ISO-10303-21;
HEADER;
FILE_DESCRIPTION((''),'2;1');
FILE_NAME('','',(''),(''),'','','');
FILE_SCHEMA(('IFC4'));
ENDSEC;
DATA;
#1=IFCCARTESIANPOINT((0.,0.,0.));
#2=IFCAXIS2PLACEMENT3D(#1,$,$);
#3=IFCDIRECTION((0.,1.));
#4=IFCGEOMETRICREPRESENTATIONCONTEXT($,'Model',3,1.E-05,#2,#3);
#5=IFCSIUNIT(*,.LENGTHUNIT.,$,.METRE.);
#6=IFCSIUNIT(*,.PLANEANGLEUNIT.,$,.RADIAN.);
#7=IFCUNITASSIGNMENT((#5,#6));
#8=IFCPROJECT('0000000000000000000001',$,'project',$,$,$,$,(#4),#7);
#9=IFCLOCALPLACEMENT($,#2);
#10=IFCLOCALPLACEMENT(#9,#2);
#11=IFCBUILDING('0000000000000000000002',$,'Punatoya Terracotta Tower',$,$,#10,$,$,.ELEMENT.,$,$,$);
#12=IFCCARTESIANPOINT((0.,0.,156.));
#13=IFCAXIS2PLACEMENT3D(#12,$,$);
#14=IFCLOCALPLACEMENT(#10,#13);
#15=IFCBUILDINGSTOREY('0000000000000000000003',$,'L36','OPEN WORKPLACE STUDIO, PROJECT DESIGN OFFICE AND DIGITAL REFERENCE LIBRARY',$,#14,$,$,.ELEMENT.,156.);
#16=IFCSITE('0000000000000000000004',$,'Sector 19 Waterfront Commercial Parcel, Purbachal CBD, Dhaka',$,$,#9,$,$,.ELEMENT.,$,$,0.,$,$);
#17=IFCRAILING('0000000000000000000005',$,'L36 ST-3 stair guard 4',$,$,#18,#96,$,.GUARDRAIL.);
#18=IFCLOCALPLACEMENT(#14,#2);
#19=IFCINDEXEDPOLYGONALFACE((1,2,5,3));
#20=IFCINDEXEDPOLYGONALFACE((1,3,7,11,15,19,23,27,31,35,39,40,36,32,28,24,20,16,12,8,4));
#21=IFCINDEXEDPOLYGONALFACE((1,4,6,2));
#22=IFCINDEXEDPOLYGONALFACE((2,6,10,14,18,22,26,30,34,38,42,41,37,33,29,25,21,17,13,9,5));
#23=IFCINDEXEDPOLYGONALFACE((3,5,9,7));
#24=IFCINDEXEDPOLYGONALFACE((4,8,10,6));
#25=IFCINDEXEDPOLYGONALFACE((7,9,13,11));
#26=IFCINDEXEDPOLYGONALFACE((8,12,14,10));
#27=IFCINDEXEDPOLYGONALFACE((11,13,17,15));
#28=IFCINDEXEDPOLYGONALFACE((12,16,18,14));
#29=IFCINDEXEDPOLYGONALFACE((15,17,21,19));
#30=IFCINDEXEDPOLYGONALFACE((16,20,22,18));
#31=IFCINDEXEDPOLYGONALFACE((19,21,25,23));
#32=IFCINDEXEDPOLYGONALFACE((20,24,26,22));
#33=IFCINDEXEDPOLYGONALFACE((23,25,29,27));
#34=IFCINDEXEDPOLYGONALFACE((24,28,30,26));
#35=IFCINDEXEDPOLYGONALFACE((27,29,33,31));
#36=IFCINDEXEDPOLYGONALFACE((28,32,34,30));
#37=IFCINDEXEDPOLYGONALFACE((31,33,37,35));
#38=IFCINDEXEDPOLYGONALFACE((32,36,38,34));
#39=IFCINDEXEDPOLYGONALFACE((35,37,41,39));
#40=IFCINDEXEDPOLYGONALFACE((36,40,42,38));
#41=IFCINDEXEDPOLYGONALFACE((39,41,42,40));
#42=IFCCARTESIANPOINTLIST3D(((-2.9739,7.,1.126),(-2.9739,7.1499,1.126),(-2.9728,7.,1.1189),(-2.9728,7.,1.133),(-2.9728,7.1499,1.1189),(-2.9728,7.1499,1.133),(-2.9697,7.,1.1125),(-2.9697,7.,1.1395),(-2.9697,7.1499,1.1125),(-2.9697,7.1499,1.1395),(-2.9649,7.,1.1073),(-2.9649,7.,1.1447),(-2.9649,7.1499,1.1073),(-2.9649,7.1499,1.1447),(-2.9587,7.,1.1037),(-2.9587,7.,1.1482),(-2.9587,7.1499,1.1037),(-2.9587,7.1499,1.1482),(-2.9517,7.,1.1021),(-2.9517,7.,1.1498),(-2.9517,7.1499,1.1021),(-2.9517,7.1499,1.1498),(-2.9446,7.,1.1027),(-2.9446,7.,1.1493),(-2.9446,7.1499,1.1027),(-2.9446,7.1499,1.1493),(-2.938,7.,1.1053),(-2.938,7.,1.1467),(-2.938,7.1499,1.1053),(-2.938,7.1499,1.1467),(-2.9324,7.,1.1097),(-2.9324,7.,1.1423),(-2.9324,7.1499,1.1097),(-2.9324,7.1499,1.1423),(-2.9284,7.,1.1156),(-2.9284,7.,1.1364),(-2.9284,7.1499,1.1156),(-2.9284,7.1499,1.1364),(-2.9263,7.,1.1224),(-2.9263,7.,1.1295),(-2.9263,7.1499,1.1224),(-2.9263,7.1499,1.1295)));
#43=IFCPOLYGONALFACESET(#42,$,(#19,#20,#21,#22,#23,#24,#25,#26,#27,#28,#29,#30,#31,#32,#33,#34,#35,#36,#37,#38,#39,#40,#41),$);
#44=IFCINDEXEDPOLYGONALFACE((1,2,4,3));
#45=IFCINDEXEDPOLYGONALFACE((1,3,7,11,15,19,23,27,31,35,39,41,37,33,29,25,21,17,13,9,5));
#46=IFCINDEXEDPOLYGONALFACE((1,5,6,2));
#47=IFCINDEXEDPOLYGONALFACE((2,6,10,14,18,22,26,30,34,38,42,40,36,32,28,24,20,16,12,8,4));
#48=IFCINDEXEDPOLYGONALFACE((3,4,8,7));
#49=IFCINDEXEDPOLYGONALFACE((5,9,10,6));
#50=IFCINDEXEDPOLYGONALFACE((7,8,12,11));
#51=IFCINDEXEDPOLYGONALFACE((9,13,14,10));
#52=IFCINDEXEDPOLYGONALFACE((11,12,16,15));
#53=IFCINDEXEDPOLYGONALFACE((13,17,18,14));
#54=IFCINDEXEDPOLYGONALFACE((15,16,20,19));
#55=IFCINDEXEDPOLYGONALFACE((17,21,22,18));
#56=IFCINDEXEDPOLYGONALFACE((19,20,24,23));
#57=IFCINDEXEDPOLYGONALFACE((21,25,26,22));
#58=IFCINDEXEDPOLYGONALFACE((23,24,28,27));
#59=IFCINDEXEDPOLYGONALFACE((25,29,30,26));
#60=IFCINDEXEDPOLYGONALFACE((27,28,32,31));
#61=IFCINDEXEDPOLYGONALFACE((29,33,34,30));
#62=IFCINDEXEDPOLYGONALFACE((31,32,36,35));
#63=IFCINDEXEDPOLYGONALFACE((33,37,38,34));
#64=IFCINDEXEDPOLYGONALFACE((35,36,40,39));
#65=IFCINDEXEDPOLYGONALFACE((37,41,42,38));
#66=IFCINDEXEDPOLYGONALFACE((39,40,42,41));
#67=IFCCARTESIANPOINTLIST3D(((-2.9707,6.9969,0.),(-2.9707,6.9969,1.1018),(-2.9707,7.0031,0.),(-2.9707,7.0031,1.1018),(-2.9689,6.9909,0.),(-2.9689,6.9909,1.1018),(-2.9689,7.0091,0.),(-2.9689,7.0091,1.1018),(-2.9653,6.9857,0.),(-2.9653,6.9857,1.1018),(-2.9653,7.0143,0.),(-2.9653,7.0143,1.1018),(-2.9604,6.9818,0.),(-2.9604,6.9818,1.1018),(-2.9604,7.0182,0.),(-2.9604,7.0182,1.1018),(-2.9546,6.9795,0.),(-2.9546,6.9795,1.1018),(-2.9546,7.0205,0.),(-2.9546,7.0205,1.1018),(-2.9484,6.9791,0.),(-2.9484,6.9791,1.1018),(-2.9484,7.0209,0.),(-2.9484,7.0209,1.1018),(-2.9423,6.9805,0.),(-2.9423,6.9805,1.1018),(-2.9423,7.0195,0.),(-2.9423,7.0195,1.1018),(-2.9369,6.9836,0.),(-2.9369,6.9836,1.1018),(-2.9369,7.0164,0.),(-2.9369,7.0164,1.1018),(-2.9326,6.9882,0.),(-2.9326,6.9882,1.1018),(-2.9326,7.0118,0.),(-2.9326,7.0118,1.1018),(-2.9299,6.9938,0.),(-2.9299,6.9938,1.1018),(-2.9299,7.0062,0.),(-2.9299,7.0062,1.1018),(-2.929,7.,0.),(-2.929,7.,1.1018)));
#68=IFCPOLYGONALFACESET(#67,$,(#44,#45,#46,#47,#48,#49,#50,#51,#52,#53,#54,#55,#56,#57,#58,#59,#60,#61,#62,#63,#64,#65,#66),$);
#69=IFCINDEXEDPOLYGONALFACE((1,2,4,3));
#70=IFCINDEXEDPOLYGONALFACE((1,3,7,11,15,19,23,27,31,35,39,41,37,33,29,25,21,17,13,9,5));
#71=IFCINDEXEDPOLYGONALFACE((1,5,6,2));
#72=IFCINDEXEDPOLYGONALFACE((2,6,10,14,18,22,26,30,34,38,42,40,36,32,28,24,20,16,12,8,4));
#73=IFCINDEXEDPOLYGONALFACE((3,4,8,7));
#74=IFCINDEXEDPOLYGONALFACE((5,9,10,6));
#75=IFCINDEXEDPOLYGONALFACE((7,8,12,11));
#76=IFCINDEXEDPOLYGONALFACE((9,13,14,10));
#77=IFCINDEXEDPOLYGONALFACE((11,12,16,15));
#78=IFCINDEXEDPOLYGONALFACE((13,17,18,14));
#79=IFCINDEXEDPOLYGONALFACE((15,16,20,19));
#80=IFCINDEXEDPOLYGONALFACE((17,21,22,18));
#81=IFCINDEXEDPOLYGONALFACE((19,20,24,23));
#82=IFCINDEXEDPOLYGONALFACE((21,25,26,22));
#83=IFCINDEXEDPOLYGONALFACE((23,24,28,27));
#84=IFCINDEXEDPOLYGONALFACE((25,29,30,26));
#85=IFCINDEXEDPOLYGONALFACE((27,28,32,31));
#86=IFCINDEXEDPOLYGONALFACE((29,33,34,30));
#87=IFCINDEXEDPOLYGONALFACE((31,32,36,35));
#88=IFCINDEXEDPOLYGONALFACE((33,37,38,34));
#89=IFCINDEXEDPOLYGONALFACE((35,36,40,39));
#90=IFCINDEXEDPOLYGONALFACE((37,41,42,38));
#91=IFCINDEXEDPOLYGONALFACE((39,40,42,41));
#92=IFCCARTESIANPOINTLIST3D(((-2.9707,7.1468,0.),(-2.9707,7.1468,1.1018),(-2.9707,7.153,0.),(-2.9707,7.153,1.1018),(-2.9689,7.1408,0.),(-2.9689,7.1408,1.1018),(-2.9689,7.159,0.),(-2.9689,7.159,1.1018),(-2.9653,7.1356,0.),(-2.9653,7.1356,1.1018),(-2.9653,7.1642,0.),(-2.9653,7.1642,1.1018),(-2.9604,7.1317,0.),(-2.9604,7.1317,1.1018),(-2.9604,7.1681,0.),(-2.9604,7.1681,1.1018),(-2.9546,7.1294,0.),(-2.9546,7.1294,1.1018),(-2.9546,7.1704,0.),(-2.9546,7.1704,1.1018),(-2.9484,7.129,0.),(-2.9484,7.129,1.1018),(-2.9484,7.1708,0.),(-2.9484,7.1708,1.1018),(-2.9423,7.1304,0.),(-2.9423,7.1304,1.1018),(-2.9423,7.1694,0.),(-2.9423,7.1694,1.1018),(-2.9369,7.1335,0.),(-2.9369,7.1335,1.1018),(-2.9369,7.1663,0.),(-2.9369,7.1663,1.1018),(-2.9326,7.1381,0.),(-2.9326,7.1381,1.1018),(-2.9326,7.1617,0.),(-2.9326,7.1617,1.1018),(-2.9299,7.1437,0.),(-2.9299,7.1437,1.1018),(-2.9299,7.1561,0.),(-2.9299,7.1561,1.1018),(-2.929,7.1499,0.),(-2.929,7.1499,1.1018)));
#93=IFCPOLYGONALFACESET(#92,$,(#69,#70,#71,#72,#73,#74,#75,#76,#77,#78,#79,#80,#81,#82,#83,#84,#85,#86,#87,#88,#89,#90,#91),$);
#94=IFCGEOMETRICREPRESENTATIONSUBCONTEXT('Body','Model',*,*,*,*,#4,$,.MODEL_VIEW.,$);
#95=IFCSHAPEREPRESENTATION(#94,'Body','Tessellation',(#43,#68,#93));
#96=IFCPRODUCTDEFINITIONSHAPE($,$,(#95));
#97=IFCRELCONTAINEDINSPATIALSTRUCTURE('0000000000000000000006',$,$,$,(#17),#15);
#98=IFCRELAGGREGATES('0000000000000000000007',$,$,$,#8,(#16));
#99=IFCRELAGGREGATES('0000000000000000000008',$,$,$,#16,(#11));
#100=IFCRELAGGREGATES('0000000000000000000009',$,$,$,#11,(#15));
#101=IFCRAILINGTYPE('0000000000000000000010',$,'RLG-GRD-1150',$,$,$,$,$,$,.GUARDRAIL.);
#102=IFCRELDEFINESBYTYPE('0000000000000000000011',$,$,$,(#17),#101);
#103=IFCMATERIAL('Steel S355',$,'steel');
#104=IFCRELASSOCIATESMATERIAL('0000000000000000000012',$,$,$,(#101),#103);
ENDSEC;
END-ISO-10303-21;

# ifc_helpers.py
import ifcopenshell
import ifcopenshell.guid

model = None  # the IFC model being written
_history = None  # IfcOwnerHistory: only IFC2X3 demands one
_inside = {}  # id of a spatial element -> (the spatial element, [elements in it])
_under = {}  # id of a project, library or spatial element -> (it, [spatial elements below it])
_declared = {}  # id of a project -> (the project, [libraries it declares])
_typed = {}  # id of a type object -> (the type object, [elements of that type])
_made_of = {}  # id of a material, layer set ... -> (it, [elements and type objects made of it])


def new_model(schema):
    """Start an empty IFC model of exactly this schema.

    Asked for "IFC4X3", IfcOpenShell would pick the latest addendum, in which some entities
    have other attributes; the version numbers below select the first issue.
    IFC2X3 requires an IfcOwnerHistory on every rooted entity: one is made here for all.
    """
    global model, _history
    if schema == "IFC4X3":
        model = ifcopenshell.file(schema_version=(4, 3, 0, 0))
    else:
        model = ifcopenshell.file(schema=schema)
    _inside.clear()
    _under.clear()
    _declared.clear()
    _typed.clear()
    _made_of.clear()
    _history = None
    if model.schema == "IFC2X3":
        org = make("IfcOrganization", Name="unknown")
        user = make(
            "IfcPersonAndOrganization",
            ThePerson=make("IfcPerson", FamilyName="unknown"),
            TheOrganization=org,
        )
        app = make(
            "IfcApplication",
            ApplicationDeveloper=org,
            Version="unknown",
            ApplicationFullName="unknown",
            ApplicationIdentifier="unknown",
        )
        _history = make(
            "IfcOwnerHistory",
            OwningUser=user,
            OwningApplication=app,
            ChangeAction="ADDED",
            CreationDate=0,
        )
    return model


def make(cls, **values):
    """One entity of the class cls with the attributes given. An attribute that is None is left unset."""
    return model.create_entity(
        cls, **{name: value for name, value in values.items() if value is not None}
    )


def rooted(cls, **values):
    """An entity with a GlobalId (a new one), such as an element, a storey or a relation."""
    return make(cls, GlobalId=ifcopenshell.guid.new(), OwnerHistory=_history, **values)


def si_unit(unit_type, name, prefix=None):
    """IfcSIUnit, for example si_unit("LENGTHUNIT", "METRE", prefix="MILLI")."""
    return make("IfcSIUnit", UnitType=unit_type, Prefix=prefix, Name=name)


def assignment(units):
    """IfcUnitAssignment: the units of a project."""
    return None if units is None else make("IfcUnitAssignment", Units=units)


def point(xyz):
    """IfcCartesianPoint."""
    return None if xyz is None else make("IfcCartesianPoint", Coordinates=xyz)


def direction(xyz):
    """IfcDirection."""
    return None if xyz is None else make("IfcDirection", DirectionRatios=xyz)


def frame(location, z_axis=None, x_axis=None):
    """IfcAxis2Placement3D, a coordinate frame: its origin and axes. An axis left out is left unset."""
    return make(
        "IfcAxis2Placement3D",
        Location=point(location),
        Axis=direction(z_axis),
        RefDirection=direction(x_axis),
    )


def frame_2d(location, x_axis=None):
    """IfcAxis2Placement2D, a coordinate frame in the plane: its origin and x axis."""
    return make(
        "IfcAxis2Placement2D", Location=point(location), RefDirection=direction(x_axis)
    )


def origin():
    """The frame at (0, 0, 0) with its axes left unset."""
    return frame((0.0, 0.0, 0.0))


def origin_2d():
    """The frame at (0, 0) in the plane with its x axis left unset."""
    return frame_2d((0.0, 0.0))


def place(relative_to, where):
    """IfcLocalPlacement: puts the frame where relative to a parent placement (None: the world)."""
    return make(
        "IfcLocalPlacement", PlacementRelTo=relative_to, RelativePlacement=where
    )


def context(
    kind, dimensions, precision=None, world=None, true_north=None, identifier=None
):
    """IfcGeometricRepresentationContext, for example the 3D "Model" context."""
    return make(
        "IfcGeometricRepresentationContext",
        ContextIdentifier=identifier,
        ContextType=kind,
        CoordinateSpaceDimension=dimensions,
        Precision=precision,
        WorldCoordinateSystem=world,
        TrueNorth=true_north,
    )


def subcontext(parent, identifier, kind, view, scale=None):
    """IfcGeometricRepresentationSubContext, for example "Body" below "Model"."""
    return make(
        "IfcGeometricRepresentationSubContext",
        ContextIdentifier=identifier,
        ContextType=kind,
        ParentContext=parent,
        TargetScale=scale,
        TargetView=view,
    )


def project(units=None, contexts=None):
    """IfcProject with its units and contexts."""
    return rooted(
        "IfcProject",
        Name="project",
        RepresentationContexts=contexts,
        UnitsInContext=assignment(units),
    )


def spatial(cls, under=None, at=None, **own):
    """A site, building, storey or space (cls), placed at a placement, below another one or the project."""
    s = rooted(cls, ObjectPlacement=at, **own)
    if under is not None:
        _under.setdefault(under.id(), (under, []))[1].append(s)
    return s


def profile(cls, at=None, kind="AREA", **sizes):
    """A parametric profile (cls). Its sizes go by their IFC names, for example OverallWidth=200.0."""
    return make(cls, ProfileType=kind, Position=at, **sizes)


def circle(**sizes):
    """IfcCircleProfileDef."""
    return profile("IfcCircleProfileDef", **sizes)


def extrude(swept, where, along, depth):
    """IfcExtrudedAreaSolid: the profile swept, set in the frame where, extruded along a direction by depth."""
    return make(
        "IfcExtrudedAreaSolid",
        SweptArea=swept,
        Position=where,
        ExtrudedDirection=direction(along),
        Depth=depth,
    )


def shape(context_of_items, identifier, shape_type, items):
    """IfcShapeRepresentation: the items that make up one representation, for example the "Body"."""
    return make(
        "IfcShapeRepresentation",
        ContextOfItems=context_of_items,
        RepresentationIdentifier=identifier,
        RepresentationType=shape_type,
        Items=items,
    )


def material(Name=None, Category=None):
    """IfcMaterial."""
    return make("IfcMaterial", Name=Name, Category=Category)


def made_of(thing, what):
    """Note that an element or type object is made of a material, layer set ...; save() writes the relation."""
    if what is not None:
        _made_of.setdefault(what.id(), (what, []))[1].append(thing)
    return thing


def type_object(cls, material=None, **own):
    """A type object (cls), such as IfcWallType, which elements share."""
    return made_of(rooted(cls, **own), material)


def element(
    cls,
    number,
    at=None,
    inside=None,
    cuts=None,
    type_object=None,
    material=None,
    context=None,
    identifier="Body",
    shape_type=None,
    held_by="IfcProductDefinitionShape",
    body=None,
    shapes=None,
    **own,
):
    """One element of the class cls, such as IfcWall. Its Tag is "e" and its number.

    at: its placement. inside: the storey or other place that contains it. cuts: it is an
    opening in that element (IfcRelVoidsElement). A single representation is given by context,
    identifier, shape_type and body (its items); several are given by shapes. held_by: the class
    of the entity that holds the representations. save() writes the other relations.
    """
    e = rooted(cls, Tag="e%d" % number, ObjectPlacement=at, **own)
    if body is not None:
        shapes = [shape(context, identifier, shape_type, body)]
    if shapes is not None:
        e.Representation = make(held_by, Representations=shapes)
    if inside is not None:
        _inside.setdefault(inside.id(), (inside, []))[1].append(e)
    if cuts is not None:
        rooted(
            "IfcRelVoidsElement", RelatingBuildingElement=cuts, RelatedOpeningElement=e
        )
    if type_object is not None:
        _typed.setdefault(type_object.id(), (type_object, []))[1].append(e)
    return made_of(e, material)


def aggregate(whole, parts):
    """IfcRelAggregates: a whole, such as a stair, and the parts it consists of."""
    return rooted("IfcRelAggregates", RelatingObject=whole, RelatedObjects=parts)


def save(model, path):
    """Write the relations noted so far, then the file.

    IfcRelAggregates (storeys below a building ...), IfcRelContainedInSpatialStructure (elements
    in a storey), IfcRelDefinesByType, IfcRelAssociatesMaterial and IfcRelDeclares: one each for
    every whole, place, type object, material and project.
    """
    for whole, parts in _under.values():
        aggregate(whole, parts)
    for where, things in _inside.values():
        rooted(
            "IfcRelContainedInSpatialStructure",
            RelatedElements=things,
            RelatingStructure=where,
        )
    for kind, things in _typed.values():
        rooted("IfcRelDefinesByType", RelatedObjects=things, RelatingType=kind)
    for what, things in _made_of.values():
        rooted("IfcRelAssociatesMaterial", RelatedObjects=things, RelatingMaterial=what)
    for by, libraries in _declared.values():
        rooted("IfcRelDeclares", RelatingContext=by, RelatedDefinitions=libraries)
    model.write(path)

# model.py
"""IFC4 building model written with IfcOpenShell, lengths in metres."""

from ifc_helpers import new_model, si_unit, direction, frame, origin, origin_2d, place, context, subcontext, project, spatial, circle, extrude, material, type_object, element, save


model = new_model("IFC4")

# Units and contexts
model_context = context("Model", 3, precision=1e-05, world=origin(), true_north=direction((0.0, 1.0)))
body_context = subcontext(model_context, "Body", "Model", "MODEL_VIEW")
ifc_project = project(units=[si_unit("LENGTHUNIT", "METRE"), si_unit("PLANEANGLEUNIT", "RADIAN")], contexts=[model_context])

# Site, building, storey
site_placement = place(None, origin())
site = spatial("IfcSite", under=ifc_project, at=site_placement, Name="Sector 19 Waterfront Commercial Parcel, Purbachal CBD, Dhaka", CompositionType="ELEMENT", RefElevation=0.0)
building_placement = place(site_placement, origin())
building = spatial("IfcBuilding", under=site, at=building_placement, Name="Punatoya Terracotta Tower", CompositionType="ELEMENT")
storey_placement = place(building_placement, frame((0.0, 0.0, 156.0)))
storey = spatial("IfcBuildingStorey", under=building, at=storey_placement, Name="L36", Description="OPEN WORKPLACE STUDIO, PROJECT DESIGN OFFICE AND DIGITAL REFERENCE LIBRARY", CompositionType="ELEMENT", Elevation=156.0)

# Shared definitions
ifc_material_1 = material(Name="Steel S355", Category="steel")

# Railing
railing_type_1 = type_object("IfcRailingType", Name="RLG-GRD-1150", PredefinedType="GUARDRAIL", material=ifc_material_1)
railing_1_placement = place(storey_placement, frame((-2.95, 7.0, 0.0)))
element("IfcRailing", 1, at=railing_1_placement, inside=storey, type_object=railing_type_1, Name="L36 ST-3 stair guard 4", PredefinedType="GUARDRAIL", context=body_context, shape_type="SweptSolid", body=[
    extrude(circle(Radius=0.0239, at=origin_2d()), frame((0.0, 0.0, 1.126), z_axis=(0.0, 1.0, 0.0), x_axis=(-1.0, 0.0, 0.0)), (0.0, 0.0, 1.0), 0.1499),
    extrude(circle(Radius=0.021, at=origin_2d()), origin(), (0.0, 0.0, 1.0), 1.1018),
    extrude(circle(Radius=0.021, at=origin_2d()), frame((0.0, 0.1499, 0.0)), (0.0, 0.0, 1.0), 1.1018),
])

save(model, "model.ifc")
